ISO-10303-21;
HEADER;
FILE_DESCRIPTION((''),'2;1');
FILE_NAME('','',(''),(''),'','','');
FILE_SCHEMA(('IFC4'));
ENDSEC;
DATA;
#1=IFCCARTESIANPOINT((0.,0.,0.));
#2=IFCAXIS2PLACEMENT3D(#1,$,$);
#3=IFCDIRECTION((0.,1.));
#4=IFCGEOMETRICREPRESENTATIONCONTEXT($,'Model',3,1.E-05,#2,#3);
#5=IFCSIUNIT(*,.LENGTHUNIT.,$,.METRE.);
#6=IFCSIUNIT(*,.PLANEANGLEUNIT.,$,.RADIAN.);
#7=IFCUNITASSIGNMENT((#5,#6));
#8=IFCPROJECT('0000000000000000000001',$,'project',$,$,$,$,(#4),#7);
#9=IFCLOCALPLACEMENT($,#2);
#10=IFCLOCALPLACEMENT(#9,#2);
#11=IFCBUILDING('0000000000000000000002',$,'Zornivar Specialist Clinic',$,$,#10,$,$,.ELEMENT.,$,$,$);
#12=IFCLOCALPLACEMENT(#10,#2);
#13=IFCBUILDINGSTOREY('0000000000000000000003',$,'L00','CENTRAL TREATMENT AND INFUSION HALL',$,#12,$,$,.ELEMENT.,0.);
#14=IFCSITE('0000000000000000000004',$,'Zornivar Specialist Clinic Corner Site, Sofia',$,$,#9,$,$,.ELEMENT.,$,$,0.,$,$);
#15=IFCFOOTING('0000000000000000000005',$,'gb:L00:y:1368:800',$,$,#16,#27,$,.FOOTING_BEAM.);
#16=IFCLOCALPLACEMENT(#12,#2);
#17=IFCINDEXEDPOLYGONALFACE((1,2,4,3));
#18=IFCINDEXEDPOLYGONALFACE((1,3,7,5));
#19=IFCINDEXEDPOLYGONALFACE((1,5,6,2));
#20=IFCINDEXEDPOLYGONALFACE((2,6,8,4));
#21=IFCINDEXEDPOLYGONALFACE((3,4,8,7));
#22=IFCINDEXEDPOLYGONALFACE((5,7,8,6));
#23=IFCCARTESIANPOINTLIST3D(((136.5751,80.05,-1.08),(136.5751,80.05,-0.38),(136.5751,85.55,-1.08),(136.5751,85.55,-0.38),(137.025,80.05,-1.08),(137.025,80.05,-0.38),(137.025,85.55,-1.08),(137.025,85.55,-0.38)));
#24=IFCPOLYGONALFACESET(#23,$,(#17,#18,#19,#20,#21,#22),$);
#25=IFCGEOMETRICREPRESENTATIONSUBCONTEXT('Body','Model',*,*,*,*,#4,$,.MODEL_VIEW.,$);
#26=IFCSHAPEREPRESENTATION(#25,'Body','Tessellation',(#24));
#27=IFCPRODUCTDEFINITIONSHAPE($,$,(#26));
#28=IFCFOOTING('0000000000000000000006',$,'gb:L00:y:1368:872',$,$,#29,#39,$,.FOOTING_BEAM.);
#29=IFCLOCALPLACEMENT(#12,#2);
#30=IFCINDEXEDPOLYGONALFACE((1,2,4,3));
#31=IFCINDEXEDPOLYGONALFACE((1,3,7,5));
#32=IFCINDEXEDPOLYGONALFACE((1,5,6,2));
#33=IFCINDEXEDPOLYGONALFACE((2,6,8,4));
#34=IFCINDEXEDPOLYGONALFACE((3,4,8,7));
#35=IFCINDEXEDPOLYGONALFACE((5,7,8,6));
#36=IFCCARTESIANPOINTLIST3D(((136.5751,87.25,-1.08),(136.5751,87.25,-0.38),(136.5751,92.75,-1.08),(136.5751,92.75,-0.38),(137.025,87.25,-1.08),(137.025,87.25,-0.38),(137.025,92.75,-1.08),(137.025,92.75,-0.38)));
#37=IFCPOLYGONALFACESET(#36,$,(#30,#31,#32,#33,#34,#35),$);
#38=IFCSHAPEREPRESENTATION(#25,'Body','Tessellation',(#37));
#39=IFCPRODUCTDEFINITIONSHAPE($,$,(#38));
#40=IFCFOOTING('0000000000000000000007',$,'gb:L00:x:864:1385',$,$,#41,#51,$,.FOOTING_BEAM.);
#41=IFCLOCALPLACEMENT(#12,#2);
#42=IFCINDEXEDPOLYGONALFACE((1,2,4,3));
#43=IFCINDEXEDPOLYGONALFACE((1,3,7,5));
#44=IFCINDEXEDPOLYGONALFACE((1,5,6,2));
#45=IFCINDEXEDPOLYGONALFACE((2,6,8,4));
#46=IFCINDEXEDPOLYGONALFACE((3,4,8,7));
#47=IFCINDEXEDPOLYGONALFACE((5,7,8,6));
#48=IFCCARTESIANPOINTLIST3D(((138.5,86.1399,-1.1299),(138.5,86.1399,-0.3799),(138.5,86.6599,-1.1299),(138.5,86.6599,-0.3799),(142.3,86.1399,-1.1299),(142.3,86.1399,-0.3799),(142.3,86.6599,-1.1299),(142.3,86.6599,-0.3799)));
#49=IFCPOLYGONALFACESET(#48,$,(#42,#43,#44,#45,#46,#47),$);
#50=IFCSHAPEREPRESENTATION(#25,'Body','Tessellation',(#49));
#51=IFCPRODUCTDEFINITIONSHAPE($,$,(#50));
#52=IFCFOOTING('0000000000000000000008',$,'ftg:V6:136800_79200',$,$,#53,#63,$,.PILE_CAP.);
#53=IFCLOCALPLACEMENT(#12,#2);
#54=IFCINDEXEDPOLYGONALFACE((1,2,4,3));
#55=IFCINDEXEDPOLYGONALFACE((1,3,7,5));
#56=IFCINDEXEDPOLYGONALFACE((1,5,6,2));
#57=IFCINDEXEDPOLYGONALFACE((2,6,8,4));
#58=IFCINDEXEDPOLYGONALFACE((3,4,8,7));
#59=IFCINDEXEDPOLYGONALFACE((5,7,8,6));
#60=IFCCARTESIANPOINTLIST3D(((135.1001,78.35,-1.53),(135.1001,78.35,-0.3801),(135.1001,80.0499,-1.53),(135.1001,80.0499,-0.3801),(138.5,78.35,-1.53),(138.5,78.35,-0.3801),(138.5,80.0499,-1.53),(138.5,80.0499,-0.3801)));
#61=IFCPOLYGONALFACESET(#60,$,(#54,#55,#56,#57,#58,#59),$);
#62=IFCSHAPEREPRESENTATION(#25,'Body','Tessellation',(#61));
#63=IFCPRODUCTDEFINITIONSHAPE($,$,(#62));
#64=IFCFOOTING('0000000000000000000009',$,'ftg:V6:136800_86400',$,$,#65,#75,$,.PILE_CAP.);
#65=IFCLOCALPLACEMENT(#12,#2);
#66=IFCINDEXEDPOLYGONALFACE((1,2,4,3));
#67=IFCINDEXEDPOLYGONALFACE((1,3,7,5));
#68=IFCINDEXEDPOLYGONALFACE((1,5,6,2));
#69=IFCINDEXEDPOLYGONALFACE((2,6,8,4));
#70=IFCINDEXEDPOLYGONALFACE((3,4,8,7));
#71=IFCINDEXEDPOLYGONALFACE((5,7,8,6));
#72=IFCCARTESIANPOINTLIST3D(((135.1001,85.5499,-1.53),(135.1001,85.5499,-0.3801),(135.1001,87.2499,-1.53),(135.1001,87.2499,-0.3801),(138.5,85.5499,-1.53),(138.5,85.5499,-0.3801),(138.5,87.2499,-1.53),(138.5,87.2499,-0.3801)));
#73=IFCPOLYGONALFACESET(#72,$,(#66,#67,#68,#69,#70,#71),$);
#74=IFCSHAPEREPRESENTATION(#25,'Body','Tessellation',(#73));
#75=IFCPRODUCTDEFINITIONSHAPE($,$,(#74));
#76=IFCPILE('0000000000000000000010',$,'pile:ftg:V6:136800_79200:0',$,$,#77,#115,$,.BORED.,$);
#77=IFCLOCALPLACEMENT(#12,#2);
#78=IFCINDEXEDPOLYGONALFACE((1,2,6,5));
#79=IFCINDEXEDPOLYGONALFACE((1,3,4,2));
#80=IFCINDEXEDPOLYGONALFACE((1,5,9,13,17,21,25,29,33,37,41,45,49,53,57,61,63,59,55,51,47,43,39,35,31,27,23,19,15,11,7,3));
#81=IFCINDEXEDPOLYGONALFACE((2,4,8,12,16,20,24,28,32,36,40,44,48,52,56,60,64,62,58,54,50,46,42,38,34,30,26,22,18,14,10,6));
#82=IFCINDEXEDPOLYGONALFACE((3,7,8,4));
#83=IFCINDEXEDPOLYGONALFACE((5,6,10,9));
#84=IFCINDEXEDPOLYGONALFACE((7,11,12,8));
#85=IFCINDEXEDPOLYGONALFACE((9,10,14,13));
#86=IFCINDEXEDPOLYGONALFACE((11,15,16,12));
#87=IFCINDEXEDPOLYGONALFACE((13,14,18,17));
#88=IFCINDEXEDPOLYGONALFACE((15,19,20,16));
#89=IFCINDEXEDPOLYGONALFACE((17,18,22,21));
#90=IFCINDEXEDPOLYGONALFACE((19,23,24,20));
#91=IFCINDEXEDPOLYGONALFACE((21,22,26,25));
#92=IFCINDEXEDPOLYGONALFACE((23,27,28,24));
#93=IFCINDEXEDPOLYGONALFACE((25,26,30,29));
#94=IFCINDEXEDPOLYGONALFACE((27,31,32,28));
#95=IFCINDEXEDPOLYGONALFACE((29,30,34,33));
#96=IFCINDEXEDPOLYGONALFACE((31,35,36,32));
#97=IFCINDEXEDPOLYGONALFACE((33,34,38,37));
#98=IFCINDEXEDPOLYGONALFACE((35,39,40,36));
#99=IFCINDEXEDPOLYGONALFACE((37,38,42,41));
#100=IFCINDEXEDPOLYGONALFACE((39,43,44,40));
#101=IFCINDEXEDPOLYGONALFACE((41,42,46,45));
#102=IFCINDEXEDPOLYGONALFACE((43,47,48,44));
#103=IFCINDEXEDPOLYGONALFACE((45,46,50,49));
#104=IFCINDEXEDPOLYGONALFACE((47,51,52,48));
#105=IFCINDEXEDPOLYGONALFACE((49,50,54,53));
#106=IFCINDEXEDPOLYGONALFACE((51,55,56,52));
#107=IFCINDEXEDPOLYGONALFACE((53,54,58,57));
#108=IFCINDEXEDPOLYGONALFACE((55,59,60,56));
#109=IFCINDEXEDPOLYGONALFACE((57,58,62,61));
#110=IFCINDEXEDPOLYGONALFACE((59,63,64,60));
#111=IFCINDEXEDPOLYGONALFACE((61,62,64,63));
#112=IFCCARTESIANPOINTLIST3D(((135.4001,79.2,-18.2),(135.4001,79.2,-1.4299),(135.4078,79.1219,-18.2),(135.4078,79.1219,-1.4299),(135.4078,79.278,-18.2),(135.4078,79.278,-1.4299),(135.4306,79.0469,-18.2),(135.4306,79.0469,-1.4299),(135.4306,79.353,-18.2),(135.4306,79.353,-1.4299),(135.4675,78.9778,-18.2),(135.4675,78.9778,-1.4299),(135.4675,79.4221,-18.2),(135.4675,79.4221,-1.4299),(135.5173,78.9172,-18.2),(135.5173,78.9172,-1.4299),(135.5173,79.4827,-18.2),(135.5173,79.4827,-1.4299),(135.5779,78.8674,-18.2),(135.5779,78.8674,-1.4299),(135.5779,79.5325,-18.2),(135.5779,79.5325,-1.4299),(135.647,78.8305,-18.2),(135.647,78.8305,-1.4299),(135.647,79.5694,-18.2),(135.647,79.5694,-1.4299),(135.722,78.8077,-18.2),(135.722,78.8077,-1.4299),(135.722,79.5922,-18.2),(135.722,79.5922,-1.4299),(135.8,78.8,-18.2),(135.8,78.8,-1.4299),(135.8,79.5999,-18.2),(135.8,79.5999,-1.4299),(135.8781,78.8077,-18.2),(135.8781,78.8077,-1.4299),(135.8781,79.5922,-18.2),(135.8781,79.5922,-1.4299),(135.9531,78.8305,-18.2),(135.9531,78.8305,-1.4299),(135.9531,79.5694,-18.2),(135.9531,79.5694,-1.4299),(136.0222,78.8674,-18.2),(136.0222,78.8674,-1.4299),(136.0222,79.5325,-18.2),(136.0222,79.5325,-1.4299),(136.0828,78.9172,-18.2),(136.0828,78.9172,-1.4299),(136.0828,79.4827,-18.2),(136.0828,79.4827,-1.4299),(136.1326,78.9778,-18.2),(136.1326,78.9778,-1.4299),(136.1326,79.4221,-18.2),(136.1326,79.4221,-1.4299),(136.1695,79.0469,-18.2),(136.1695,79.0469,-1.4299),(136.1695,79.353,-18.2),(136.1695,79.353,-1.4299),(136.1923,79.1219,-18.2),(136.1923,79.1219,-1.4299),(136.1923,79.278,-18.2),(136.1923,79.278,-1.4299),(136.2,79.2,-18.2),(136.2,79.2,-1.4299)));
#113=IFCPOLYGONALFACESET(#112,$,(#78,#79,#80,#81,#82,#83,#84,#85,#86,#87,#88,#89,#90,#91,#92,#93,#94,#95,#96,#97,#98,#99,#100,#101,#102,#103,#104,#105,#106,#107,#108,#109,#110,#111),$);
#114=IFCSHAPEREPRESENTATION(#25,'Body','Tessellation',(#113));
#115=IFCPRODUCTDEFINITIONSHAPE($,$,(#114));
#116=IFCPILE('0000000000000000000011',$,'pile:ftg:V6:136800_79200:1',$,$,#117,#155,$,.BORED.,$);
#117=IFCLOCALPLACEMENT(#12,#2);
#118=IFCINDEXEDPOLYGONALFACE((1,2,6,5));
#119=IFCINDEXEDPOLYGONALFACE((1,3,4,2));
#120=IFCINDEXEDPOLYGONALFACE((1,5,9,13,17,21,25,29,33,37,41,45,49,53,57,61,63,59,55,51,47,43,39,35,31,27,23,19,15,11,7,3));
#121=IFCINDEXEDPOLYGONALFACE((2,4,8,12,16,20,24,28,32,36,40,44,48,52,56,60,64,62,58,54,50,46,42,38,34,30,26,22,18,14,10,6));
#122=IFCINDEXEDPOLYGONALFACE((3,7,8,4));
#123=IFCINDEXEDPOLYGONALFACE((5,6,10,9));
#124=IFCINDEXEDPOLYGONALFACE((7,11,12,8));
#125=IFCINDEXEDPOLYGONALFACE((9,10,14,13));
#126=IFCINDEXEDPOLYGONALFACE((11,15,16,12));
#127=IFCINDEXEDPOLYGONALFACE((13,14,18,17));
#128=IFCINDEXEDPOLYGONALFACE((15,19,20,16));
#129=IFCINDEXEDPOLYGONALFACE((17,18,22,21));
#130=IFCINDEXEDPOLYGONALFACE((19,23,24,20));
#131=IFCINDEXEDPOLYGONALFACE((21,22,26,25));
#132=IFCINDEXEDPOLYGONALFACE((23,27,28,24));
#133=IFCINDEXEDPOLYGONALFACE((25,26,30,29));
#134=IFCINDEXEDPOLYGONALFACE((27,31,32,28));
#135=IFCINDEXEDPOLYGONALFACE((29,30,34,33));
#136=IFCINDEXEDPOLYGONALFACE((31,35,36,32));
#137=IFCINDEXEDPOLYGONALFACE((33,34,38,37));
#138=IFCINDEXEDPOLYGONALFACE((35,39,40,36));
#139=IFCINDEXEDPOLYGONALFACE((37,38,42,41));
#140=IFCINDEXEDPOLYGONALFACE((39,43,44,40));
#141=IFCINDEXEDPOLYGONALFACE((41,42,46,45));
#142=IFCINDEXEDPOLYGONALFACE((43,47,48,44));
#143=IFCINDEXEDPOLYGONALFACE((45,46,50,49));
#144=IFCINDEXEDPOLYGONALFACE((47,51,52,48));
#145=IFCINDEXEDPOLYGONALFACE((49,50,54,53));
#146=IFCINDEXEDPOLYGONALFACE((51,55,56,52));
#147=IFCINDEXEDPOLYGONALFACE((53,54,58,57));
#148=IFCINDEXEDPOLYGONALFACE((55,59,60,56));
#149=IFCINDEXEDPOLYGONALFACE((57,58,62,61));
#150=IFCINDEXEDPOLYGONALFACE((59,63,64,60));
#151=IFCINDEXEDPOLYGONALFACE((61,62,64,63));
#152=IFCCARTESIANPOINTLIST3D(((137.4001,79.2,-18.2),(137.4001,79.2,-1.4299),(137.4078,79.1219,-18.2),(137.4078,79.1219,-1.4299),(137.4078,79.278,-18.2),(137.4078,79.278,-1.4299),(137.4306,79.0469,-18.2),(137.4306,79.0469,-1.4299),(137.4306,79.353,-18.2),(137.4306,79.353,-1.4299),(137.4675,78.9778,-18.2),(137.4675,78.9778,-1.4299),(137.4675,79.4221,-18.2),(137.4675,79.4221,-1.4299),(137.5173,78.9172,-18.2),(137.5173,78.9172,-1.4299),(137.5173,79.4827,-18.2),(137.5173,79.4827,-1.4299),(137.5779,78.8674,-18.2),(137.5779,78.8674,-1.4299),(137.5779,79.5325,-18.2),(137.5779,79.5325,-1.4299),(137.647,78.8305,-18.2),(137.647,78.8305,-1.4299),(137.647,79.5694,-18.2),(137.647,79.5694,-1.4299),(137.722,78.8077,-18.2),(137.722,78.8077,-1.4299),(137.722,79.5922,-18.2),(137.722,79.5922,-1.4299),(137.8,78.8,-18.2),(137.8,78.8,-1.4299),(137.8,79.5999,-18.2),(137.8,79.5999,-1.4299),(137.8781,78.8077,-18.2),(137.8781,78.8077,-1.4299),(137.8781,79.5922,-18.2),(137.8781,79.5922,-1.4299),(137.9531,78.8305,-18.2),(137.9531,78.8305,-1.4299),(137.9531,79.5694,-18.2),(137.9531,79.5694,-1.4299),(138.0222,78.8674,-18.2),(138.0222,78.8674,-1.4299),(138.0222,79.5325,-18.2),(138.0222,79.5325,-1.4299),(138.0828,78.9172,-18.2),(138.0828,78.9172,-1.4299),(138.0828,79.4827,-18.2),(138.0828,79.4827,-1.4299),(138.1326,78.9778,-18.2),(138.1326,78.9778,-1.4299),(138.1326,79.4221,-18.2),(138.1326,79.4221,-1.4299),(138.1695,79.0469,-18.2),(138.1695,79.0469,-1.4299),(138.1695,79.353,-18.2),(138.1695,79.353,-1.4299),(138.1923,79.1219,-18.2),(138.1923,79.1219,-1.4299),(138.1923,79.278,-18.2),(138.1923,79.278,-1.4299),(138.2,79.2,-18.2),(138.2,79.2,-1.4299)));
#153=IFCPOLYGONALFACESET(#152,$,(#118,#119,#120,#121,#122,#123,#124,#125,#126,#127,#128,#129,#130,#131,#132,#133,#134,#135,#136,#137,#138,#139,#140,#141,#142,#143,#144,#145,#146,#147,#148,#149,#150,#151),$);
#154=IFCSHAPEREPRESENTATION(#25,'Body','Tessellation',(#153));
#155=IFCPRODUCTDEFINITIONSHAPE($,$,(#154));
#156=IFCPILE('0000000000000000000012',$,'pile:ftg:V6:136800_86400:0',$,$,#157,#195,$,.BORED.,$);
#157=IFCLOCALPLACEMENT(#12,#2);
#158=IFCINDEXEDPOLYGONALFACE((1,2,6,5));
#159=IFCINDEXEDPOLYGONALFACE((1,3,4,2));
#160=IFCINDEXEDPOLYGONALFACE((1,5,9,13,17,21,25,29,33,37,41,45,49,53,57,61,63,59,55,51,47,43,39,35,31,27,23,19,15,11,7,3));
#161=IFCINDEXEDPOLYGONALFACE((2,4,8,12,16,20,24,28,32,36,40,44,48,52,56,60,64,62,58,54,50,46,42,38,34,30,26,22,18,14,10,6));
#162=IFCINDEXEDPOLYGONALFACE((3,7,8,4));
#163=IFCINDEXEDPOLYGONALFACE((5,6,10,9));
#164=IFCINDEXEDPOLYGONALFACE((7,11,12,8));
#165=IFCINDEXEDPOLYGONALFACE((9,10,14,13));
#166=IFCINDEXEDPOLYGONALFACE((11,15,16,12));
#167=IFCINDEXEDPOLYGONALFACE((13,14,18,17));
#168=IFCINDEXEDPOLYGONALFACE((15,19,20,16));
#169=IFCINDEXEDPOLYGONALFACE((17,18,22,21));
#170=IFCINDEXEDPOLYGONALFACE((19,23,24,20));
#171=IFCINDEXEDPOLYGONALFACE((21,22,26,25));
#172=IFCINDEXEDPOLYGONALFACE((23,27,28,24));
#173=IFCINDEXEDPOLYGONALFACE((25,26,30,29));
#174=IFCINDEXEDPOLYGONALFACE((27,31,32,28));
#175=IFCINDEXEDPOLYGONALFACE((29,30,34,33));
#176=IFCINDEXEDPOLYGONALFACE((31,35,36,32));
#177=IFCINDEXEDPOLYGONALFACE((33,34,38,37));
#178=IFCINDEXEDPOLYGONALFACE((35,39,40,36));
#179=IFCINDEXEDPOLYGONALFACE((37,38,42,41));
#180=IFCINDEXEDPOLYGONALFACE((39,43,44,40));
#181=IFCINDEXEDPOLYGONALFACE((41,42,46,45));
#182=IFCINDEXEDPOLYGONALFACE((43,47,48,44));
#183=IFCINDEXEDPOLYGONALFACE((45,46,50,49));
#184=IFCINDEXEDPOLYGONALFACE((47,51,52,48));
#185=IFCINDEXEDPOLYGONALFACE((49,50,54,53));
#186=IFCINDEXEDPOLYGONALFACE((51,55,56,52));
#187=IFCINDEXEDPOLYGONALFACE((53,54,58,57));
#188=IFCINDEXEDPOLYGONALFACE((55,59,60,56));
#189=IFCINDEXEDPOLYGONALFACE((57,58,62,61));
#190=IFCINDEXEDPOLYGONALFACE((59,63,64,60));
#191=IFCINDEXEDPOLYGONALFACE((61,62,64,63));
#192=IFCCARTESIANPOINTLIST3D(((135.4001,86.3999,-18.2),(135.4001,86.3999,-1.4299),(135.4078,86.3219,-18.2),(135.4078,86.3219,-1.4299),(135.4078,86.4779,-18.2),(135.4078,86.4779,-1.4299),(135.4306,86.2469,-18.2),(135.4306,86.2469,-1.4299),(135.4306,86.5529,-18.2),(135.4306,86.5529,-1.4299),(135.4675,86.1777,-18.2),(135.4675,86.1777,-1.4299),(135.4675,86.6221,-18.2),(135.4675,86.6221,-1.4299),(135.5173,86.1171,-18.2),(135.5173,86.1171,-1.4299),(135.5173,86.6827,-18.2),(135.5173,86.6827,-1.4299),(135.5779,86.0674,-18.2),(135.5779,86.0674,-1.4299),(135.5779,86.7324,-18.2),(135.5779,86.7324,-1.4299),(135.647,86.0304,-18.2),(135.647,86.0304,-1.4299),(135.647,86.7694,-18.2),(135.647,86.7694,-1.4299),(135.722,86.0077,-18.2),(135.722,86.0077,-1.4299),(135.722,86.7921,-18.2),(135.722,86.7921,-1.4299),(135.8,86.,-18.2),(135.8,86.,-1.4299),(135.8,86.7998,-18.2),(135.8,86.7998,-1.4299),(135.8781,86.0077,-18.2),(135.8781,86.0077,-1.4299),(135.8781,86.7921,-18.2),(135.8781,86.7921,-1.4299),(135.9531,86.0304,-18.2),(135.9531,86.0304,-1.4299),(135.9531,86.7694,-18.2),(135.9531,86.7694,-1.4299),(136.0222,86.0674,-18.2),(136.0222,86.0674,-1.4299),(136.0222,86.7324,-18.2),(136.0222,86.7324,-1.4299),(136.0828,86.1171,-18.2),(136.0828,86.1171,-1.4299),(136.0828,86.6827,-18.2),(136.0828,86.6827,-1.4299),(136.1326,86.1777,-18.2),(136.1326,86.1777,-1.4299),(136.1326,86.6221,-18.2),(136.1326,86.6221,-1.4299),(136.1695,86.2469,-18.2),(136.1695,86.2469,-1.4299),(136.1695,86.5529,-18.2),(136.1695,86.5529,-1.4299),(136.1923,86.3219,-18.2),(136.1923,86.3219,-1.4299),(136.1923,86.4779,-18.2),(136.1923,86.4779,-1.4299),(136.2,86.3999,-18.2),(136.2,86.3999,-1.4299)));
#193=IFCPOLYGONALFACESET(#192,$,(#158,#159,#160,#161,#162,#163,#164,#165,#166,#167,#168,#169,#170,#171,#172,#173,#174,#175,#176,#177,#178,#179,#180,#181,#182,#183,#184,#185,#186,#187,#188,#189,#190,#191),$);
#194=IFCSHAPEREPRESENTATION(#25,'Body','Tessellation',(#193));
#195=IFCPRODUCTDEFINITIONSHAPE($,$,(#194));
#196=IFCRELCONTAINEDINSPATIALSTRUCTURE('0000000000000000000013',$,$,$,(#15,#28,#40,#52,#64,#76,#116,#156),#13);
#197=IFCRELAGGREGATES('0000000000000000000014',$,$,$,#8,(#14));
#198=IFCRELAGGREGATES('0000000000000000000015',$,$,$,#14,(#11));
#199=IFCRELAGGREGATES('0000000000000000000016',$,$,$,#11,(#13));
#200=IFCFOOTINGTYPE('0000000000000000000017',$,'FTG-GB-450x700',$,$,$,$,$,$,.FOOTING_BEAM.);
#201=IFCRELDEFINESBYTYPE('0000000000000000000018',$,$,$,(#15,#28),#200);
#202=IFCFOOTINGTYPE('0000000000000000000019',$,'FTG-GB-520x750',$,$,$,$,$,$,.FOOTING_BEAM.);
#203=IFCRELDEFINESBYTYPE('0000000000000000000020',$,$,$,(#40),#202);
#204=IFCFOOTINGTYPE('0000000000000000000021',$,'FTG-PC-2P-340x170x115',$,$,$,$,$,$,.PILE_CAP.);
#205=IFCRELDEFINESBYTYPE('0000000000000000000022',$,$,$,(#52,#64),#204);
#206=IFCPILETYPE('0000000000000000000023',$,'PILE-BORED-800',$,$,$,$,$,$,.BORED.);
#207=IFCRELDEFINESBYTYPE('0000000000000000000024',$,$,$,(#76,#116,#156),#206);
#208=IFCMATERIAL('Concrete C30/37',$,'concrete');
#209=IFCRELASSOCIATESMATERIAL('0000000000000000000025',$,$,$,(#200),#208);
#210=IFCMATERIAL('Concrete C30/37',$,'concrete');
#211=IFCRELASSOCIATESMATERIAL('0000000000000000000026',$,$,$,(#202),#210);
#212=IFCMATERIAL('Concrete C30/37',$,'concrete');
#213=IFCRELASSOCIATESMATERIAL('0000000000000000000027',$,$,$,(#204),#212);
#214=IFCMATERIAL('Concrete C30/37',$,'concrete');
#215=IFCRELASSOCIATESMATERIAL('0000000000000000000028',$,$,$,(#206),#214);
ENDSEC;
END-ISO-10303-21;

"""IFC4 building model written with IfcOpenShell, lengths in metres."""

from ifc_helpers import new_model, si_unit, direction, frame, origin, origin_2d, place, context, subcontext, project, spatial, rectangle, circle, extrude, material, material_profile, profile_set, type_object, element, save


model = new_model("IFC4")

# Units and contexts
model_context = context("Model", 3, precision=1e-05, world=origin(), true_north=direction((0.0, 1.0)))
body_context = subcontext(model_context, "Body", "Model", "MODEL_VIEW")
ifc_project = project(units=[si_unit("LENGTHUNIT", "METRE"), si_unit("PLANEANGLEUNIT", "RADIAN")], contexts=[model_context])

# Site, building, storey
site_placement = place(None, origin())
site = spatial("IfcSite", under=ifc_project, at=site_placement, Name="Zornivar Specialist Clinic Corner Site, Sofia", CompositionType="ELEMENT", RefElevation=0.0)
building_placement = place(site_placement, origin())
building = spatial("IfcBuilding", under=site, at=building_placement, Name="Zornivar Specialist Clinic", CompositionType="ELEMENT")
storey_placement = place(building_placement, origin())
storey = spatial("IfcBuildingStorey", under=building, at=storey_placement, Name="L00", Description="CENTRAL TREATMENT AND INFUSION HALL", CompositionType="ELEMENT", Elevation=0.0)

# Footings
ifc_material_1 = material(Name="Concrete C30/37", Category="concrete")
ifc_material_profile_1 = material_profile(ifc_material_1, rectangle(XDim=0.45, YDim=0.7, at=origin_2d()), Name="RC 450x700")
ifc_profile_set_1 = profile_set([ifc_material_profile_1], Name="Concrete C30/37")
footing_type_1 = type_object("IfcFootingType", Name="FTG-GB-450x700", PredefinedType="FOOTING_BEAM", material=ifc_profile_set_1)
for number, where, z_axis, x_axis, name in (
    (1, (136.8, 80.05, -0.73), (0.0, 1.0, 0.0), (-1.0, 0.0, 0.0), "gb:L00:y:1368:800"),
    (2, (136.8, 87.25, -0.73), (0.0, 1.0, 0.0), (-1.0, 0.0, 0.0), "gb:L00:y:1368:872"),
):
    element("IfcFooting", number, at=place(storey_placement, frame(where, z_axis=z_axis, x_axis=x_axis)), inside=storey, type_object=footing_type_1, Name=name, PredefinedType="FOOTING_BEAM", context=body_context, shape_type="SweptSolid", body=[
        extrude(rectangle(XDim=0.45, YDim=0.7, at=origin_2d()), origin(), (0.0, 0.0, 1.0), 5.5),
    ])
ifc_material_2 = material(Name="Concrete C30/37", Category="concrete")
ifc_material_profile_2 = material_profile(ifc_material_2, rectangle(XDim=0.52, YDim=0.75, at=origin_2d()), Name="RC 520x750")
ifc_profile_set_2 = profile_set([ifc_material_profile_2], Name="Concrete C30/37")
footing_type_2 = type_object("IfcFootingType", Name="FTG-GB-520x750", PredefinedType="FOOTING_BEAM", material=ifc_profile_set_2)
footing_placement = place(storey_placement, frame((138.5, 86.3999, -0.7549), z_axis=(1.0, 0.0, 0.0), x_axis=(0.0, 1.0, 0.0)))
element("IfcFooting", 3, at=footing_placement, inside=storey, type_object=footing_type_2, Name="gb:L00:x:864:1385", PredefinedType="FOOTING_BEAM", context=body_context, shape_type="SweptSolid", body=[
    extrude(rectangle(XDim=0.52, YDim=0.75, at=origin_2d()), origin(), (0.0, 0.0, 1.0), 3.8),
])
ifc_material_3 = material(Name="Concrete C30/37", Category="concrete")
footing_type_3 = type_object("IfcFootingType", Name="FTG-PC-2P-340x170x115", PredefinedType="PILE_CAP", material=ifc_material_3)
for number, where, z_axis, x_axis, name in (
    (4, (136.8, 79.2, -1.53), (0.0, 0.0, 1.0), (1.0, 0.0, 0.0), "ftg:V6:136800_79200"),
    (5, (136.8, 86.3999, -1.53), (0.0, 0.0, 1.0), (1.0, 0.0, 0.0), "ftg:V6:136800_86400"),
):
    element("IfcFooting", number, at=place(storey_placement, frame(where, z_axis=z_axis, x_axis=x_axis)), inside=storey, type_object=footing_type_3, Name=name, PredefinedType="PILE_CAP", context=body_context, shape_type="SweptSolid", body=[
        extrude(rectangle(XDim=3.3999, YDim=1.7, at=origin_2d()), origin(), (0.0, 0.0, 1.0), 1.1499),
    ])

# Piles
ifc_material_4 = material(Name="Concrete C30/37", Category="concrete")
ifc_material_profile_3 = material_profile(ifc_material_4, circle(Radius=0.3999, at=origin_2d()), Name="PILE D800")
ifc_profile_set_3 = profile_set([ifc_material_profile_3], Name="Concrete C30/37")
pile_type = type_object("IfcPileType", Name="PILE-BORED-800", PredefinedType="BORED", material=ifc_profile_set_3)
for number, where, z_axis, x_axis, name in (
    (6, (135.8, 79.2, -1.4299), (0.0, 0.0, -1.0), (1.0, 0.0, 0.0), "pile:ftg:V6:136800_79200:0"),
    (7, (137.8, 79.2, -1.4299), (0.0, 0.0, -1.0), (1.0, 0.0, 0.0), "pile:ftg:V6:136800_79200:1"),
    (8, (135.8, 86.3999, -1.4299), (0.0, 0.0, -1.0), (1.0, 0.0, 0.0), "pile:ftg:V6:136800_86400:0"),
):
    element("IfcPile", number, at=place(storey_placement, frame(where, z_axis=z_axis, x_axis=x_axis)), inside=storey, type_object=pile_type, Name=name, PredefinedType="BORED", context=body_context, shape_type="SweptSolid", body=[
        extrude(circle(Radius=0.3999, at=origin_2d()), origin(), (0.0, 0.0, 1.0), 16.77),
    ])

save(model, "model.ifc")
